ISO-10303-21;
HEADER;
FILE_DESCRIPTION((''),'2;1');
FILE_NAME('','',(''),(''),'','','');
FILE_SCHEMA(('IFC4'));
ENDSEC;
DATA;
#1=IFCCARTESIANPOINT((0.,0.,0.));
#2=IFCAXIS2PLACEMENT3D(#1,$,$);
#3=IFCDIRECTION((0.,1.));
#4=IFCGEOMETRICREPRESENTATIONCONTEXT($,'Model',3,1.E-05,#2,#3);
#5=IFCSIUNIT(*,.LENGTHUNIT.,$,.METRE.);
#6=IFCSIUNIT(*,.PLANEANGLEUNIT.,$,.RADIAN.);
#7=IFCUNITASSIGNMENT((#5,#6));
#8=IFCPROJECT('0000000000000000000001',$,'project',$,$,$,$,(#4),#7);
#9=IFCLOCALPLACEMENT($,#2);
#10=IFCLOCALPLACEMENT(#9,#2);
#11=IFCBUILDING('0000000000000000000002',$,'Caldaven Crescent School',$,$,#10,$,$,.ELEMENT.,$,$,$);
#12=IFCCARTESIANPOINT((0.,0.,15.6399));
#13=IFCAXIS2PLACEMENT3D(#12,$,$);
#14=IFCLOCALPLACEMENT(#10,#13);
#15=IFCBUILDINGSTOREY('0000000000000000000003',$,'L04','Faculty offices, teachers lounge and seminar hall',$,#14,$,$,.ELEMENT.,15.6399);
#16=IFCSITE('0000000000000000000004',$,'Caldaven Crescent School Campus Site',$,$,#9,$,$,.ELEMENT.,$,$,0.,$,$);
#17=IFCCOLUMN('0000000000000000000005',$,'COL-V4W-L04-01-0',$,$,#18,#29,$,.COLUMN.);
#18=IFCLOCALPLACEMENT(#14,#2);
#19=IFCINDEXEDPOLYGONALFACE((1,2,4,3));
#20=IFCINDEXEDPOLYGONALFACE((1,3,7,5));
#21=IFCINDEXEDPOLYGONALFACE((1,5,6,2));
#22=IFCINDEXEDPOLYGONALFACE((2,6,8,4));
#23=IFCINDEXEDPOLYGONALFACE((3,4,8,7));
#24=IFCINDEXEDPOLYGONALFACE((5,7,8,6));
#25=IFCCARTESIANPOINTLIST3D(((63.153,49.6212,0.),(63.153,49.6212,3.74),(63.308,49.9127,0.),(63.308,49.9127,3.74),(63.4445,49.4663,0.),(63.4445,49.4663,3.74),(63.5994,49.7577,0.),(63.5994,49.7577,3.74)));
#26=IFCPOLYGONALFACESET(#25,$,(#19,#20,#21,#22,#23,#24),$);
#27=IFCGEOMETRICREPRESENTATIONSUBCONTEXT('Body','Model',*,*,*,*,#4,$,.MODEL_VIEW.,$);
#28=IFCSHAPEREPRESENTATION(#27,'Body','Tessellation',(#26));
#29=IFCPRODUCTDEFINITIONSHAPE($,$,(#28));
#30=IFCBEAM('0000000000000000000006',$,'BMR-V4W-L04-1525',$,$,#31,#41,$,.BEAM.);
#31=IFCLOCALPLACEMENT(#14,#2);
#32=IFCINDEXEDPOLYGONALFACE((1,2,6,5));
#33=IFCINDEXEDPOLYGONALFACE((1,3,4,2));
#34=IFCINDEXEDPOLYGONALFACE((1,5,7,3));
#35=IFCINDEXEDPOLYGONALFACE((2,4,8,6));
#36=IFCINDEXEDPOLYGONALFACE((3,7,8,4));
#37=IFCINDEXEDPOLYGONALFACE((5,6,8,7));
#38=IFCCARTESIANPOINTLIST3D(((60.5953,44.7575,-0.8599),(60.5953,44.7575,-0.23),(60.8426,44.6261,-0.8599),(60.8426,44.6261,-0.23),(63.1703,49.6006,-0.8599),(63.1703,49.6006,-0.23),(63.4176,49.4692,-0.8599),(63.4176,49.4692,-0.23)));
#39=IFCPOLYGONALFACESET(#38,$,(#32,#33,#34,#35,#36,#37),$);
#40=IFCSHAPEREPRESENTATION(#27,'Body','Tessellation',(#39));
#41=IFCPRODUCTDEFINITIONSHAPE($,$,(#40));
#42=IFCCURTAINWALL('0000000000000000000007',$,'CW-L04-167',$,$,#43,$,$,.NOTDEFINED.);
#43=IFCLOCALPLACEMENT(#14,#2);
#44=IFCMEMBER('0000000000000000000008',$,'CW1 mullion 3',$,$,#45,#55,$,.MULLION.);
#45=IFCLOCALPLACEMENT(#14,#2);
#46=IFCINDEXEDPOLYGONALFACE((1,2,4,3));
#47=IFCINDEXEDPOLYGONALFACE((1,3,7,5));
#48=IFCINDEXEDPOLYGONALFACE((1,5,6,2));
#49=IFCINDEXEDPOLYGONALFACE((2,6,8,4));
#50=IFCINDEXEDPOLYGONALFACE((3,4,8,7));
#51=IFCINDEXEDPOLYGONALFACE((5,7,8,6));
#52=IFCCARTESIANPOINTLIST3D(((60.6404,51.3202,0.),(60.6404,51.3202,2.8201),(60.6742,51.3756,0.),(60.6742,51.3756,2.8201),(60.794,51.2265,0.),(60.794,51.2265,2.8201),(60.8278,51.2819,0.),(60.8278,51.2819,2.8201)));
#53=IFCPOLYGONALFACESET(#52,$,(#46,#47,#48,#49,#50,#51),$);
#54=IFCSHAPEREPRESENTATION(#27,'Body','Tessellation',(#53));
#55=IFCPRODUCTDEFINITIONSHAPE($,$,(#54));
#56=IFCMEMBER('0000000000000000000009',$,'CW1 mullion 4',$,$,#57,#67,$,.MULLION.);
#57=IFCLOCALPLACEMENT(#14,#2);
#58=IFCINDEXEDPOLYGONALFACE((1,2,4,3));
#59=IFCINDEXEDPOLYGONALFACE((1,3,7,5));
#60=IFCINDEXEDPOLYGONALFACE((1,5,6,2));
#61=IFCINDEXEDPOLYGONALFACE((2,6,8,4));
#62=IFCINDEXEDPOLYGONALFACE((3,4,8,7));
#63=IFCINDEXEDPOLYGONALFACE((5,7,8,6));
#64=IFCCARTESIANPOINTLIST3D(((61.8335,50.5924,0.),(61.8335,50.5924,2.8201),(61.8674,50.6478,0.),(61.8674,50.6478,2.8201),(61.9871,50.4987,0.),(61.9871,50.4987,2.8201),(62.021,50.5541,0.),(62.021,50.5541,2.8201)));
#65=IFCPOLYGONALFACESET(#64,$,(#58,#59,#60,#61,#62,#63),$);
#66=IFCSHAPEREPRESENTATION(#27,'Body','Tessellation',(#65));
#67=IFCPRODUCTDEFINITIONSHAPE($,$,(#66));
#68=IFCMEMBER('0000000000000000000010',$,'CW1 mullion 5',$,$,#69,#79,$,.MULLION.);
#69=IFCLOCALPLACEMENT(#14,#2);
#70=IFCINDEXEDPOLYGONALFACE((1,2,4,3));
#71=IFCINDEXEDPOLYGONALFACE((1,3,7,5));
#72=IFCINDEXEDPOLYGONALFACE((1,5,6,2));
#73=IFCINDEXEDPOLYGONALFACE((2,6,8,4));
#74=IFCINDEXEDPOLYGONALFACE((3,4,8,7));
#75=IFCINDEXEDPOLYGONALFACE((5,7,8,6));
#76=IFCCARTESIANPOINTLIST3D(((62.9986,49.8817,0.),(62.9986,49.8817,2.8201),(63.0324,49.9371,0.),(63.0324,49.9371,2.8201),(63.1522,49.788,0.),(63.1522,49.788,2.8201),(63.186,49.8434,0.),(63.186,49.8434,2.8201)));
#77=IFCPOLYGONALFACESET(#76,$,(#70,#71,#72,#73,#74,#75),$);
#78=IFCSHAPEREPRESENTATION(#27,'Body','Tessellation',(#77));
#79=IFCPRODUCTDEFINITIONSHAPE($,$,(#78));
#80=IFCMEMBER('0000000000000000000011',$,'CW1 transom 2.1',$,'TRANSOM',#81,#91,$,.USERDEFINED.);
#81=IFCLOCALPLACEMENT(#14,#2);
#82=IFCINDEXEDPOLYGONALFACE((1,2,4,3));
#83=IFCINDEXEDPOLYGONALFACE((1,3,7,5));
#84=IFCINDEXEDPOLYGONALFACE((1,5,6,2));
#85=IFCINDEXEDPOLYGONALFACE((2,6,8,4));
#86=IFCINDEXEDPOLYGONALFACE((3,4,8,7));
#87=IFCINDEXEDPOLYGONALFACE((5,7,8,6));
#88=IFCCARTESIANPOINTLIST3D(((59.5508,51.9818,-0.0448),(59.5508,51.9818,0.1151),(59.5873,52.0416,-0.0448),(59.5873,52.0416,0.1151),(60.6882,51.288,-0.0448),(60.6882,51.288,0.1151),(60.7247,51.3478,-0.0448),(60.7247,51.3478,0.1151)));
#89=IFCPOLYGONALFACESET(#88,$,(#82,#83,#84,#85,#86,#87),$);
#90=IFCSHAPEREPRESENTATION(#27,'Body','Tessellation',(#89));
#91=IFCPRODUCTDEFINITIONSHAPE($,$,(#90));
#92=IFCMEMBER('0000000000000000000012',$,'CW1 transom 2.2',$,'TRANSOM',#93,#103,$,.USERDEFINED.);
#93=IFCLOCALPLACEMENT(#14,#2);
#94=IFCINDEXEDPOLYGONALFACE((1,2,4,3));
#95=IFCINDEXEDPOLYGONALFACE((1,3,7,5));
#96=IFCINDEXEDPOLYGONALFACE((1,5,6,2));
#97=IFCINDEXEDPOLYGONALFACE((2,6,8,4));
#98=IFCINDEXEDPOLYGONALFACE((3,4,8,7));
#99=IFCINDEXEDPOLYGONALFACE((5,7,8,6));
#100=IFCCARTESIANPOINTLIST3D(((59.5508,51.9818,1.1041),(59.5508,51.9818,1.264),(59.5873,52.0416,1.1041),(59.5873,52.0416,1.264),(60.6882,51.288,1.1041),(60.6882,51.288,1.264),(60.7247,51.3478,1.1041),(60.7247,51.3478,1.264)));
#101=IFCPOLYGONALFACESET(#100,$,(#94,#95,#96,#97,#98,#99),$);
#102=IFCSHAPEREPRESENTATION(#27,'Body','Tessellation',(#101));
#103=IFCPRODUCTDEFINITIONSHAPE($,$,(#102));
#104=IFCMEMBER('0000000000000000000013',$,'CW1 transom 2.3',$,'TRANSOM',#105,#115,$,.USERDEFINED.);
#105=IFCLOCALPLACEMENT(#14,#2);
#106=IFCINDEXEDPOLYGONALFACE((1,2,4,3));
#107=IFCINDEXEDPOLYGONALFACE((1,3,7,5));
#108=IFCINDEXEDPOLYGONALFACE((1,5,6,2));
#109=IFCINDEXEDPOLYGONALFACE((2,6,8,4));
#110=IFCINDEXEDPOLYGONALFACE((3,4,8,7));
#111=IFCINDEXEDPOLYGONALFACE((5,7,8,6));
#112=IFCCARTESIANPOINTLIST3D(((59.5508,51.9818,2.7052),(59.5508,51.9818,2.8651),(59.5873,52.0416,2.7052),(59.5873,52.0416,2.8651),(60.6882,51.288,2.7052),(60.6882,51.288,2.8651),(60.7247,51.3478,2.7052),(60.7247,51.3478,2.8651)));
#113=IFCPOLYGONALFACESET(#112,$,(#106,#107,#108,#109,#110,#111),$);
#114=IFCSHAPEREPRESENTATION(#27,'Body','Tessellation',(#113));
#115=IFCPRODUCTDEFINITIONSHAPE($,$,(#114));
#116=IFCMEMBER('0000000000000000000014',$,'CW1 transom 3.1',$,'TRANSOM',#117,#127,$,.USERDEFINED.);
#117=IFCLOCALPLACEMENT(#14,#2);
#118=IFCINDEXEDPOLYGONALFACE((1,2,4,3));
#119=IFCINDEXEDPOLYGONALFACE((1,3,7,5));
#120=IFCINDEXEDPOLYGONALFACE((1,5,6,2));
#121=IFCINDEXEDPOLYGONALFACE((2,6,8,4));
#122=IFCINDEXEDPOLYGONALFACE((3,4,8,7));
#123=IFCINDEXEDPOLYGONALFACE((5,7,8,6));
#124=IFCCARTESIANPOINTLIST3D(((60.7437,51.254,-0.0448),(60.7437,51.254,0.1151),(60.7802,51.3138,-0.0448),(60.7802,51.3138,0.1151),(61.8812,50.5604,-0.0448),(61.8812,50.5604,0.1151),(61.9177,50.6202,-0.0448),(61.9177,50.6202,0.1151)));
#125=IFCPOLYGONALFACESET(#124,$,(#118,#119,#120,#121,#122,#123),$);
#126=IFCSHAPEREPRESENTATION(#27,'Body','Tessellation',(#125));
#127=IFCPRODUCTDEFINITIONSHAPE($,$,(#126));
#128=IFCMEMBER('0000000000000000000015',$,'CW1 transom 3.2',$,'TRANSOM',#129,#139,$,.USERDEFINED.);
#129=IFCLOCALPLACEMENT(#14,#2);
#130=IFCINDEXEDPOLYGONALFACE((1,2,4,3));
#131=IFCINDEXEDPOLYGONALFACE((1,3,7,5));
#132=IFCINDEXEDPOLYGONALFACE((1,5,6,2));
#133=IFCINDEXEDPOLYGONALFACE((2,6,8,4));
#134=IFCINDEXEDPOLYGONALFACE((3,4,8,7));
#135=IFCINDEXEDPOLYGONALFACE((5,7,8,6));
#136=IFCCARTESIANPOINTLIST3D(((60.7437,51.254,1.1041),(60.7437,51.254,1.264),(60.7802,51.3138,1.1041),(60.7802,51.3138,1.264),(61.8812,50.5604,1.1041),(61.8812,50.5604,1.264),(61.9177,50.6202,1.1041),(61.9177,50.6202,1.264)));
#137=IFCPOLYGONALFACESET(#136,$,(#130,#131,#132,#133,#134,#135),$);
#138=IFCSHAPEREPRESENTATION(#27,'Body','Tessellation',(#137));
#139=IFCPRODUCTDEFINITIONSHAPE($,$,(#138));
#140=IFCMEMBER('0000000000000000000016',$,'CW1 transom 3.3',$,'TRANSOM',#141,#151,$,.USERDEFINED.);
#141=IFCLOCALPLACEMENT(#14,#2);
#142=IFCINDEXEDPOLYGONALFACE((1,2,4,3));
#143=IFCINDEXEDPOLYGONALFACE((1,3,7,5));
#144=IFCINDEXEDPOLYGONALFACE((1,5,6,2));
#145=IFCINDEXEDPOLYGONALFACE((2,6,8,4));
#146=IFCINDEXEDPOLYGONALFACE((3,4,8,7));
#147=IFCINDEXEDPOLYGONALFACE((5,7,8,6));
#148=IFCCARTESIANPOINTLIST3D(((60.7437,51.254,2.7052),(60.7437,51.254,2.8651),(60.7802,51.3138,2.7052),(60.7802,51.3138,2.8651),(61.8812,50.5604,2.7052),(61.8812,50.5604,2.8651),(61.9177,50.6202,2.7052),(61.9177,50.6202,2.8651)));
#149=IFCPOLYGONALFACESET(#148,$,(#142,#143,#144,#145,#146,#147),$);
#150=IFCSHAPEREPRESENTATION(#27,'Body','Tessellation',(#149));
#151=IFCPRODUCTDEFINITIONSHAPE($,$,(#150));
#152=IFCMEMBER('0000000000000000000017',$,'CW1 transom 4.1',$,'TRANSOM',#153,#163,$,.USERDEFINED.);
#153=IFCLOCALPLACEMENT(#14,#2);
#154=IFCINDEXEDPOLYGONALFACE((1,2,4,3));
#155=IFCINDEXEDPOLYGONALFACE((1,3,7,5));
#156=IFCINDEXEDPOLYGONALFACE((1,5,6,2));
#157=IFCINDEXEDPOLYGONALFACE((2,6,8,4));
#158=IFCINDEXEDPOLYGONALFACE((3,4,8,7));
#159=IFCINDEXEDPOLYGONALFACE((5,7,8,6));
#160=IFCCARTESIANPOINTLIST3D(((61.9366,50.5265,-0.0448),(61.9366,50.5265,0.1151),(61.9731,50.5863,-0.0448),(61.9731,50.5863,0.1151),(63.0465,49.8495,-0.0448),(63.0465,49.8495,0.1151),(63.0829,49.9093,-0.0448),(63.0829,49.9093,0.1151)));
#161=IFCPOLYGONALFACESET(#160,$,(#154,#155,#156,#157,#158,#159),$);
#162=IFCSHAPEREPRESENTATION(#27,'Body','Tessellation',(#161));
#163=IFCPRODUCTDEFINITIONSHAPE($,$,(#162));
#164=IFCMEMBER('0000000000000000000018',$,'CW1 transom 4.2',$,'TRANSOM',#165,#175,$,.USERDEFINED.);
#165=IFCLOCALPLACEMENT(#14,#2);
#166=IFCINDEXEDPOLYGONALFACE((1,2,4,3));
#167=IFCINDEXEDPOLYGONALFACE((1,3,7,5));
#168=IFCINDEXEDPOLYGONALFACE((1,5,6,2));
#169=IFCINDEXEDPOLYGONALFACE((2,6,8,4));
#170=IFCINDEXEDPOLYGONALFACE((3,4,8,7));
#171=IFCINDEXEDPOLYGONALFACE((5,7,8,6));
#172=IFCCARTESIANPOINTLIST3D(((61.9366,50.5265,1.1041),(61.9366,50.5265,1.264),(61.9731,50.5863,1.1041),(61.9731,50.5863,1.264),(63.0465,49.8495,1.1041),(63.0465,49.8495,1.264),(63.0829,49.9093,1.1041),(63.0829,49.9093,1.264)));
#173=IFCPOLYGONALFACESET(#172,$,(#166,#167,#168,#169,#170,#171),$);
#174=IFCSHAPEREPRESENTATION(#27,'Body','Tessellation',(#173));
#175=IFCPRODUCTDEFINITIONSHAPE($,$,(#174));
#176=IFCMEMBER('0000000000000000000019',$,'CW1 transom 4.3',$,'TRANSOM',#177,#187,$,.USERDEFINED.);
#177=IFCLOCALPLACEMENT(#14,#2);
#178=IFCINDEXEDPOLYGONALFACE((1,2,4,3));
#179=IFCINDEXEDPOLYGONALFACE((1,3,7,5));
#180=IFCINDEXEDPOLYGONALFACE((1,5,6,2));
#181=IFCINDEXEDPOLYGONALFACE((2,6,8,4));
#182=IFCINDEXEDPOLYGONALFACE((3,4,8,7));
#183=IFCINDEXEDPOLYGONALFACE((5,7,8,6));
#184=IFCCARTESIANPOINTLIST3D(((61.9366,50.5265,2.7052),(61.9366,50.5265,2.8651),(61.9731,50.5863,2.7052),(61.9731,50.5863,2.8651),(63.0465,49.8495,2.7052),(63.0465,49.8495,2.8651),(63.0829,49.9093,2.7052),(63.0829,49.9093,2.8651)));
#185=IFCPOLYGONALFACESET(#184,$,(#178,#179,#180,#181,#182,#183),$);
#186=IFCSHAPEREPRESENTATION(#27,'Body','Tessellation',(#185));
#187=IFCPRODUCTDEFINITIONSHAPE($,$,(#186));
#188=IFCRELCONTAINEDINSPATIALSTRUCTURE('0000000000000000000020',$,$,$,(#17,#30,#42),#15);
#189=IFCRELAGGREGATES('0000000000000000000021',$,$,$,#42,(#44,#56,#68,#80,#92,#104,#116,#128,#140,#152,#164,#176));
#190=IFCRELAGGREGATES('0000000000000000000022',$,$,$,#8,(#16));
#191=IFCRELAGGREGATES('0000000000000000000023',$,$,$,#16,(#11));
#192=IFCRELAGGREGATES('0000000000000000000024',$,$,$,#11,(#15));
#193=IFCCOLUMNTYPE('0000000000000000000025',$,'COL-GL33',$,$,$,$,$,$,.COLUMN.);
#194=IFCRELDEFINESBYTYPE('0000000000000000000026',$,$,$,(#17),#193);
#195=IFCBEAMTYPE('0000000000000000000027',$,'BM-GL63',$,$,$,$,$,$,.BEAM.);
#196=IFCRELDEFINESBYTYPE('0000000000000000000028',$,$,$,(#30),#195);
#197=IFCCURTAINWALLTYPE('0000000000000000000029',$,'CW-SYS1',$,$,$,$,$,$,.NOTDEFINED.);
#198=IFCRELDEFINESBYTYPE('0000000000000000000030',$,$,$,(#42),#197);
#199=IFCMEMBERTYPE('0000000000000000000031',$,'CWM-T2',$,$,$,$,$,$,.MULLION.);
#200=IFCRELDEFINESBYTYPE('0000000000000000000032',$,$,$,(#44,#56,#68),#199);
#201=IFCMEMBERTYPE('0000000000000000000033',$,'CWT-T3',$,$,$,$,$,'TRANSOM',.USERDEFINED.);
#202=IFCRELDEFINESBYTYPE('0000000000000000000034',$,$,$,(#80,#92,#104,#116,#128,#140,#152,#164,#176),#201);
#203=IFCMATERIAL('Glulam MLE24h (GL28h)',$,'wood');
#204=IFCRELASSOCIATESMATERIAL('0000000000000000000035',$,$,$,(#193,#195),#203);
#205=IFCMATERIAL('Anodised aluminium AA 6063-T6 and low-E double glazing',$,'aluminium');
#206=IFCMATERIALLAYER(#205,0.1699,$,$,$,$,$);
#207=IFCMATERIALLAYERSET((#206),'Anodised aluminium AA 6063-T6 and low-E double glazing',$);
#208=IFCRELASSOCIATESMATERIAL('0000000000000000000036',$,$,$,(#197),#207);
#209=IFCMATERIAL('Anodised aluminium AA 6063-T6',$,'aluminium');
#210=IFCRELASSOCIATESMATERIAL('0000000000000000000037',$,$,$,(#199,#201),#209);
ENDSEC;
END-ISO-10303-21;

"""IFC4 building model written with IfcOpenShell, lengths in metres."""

from ifc_helpers import new_model, si_unit, direction, frame, origin, origin_2d, place, context, subcontext, project, spatial, rectangle, extrude, material, layer, layer_set, material_profile, profile_set, type_object, element, aggregate, save


model = new_model("IFC4")

# Units and contexts
model_context = context("Model", 3, precision=1e-05, world=origin(), true_north=direction((0.0, 1.0)))
body_context = subcontext(model_context, "Body", "Model", "MODEL_VIEW")
ifc_project = project(units=[si_unit("LENGTHUNIT", "METRE"), si_unit("PLANEANGLEUNIT", "RADIAN")], contexts=[model_context])

# Site, building, storey
site_placement = place(None, origin())
site = spatial("IfcSite", under=ifc_project, at=site_placement, Name="Caldaven Crescent School Campus Site", CompositionType="ELEMENT", RefElevation=0.0)
building_placement = place(site_placement, origin())
building = spatial("IfcBuilding", under=site, at=building_placement, Name="Caldaven Crescent School", CompositionType="ELEMENT")
storey_placement = place(building_placement, frame((0.0, 0.0, 15.6399)))
storey = spatial("IfcBuildingStorey", under=building, at=storey_placement, Name="L04", Description="Faculty offices, teachers lounge and seminar hall", CompositionType="ELEMENT", Elevation=15.6399)

# Column
ifc_material_1 = material(Name="Glulam MLE24h (GL28h)", Category="wood")
ifc_material_profile_1 = material_profile(ifc_material_1, rectangle(XDim=0.3301, YDim=0.3301, at=origin_2d()), Name="MLE 330x330")
ifc_profile_set_1 = profile_set([ifc_material_profile_1], Name="Glulam MLE24h (GL28h)")
column_type = type_object("IfcColumnType", Name="COL-GL33", PredefinedType="COLUMN", material=ifc_profile_set_1)
column_placement = place(storey_placement, frame((63.3762, 49.6895, 0.0), z_axis=(0.0, 0.0, 1.0), x_axis=(-0.469472, -0.882948, 0.0)))
element("IfcColumn", 1, at=column_placement, inside=storey, type_object=column_type, Name="COL-V4W-L04-01-0", PredefinedType="COLUMN", context=body_context, shape_type="SweptSolid", body=[
    extrude(rectangle(XDim=0.3301, YDim=0.3301, at=origin_2d()), origin(), (0.0, 0.0, 1.0), 3.74),
])

# Beam
ifc_material_profile_2 = material_profile(ifc_material_1, rectangle(XDim=0.28, YDim=0.6299, at=origin_2d()), Name="MLE 280x630")
ifc_profile_set_2 = profile_set([ifc_material_profile_2], Name="Glulam MLE24h (GL28h)")
beam_type_1 = type_object("IfcBeamType", Name="BM-GL63", PredefinedType="BEAM", material=ifc_profile_set_2)
beam_1_placement = place(storey_placement, frame((63.2939, 49.5349, -0.5449), z_axis=(-0.469454, -0.882957, 0.0), x_axis=(0.882957, -0.469454, 0.0)))
element("IfcBeam", 2, at=beam_1_placement, inside=storey, type_object=beam_type_1, Name="BMR-V4W-L04-1525", PredefinedType="BEAM", context=body_context, shape_type="SweptSolid", body=[
    extrude(rectangle(XDim=0.28, YDim=0.6299, at=origin_2d()), origin(), (0.0, 0.0, 1.0), 5.4851),
])

# Curtain wall, members
ifc_material_2 = material(Name="Anodised aluminium AA 6063-T6 and low-E double glazing", Category="aluminium")
ifc_layer_1 = layer(ifc_material_2, 0.1699)
ifc_layer_set_1 = layer_set([ifc_layer_1], Name="Anodised aluminium AA 6063-T6 and low-E double glazing")
curtain_wall_type = type_object("IfcCurtainWallType", Name="CW-SYS1", PredefinedType="NOTDEFINED", material=ifc_layer_set_1)
curtain_wall_placement = place(storey_placement, origin())
curtain_wall = element("IfcCurtainWall", 3, at=curtain_wall_placement, inside=storey, type_object=curtain_wall_type, Name="CW-L04-167", PredefinedType="NOTDEFINED")
ifc_material_3 = material(Name="Anodised aluminium AA 6063-T6", Category="aluminium")
ifc_material_profile_3 = material_profile(ifc_material_3, rectangle(XDim=0.0649, YDim=0.1799, at=origin_2d()), Name="CWM 65x180")
ifc_profile_set_3 = profile_set([ifc_material_profile_3], Name="Anodised aluminium AA 6063-T6")
member_type_1 = type_object("IfcMemberType", Name="CWM-T2", PredefinedType="MULLION", material=ifc_profile_set_3)
member_1_placement = place(storey_placement, frame((60.7341, 51.301, 0.0), z_axis=(0.0, 0.0, 1.0), x_axis=(0.520751, 0.853709, 0.0)))
member_1 = element("IfcMember", 4, at=member_1_placement, type_object=member_type_1, Name="CW1 mullion 3", PredefinedType="MULLION", context=body_context, shape_type="SweptSolid", body=[
    extrude(rectangle(XDim=0.0649, YDim=0.1799, at=origin_2d()), origin(), (0.0, 0.0, 1.0), 2.8201),
])
member_2_placement = place(storey_placement, frame((61.9272, 50.5732, 0.0), z_axis=(0.0, 0.0, 1.0), x_axis=(0.520751, 0.853709, 0.0)))
member_2 = element("IfcMember", 5, at=member_2_placement, type_object=member_type_1, Name="CW1 mullion 4", PredefinedType="MULLION", context=body_context, shape_type="SweptSolid", body=[
    extrude(rectangle(XDim=0.0649, YDim=0.1799, at=origin_2d()), origin(), (0.0, 0.0, 1.0), 2.8201),
])
member_3_placement = place(storey_placement, frame((63.0923, 49.8625, 0.0), z_axis=(0.0, 0.0, 1.0), x_axis=(0.520751, 0.853709, 0.0)))
member_3 = element("IfcMember", 6, at=member_3_placement, type_object=member_type_1, Name="CW1 mullion 5", PredefinedType="MULLION", context=body_context, shape_type="SweptSolid", body=[
    extrude(rectangle(XDim=0.0649, YDim=0.1799, at=origin_2d()), origin(), (0.0, 0.0, 1.0), 2.8201),
])
ifc_material_profile_4 = material_profile(ifc_material_3, rectangle(XDim=0.0701, YDim=0.1599, at=origin_2d()), Name="CWT 70x160")
ifc_profile_set_4 = profile_set([ifc_material_profile_4], Name="Anodised aluminium AA 6063-T6")
member_type_2 = type_object("IfcMemberType", Name="CWT-T3", ElementType="TRANSOM", PredefinedType="USERDEFINED", material=ifc_profile_set_4)
member_4_placement = place(storey_placement, frame((59.5691, 52.0117, 0.0352), z_axis=(0.853703, -0.520761, 0.0), x_axis=(0.520761, 0.853703, 0.0)))
member_4 = element("IfcMember", 7, at=member_4_placement, type_object=member_type_2, Name="CW1 transom 2.1", ObjectType="TRANSOM", PredefinedType="USERDEFINED", context=body_context, shape_type="SweptSolid", body=[
    extrude(rectangle(XDim=0.0701, YDim=0.1599, at=origin_2d()), origin(), (0.0, 0.0, 1.0), 1.3323),
])
member_5_placement = place(storey_placement, frame((59.5691, 52.0117, 1.1841), z_axis=(0.853703, -0.520761, 0.0), x_axis=(0.520761, 0.853703, 0.0)))
member_5 = element("IfcMember", 8, at=member_5_placement, type_object=member_type_2, Name="CW1 transom 2.2", ObjectType="TRANSOM", PredefinedType="USERDEFINED", context=body_context, shape_type="SweptSolid", body=[
    extrude(rectangle(XDim=0.0701, YDim=0.1599, at=origin_2d()), origin(), (0.0, 0.0, 1.0), 1.3323),
])
member_6_placement = place(storey_placement, frame((59.5691, 52.0117, 2.7852), z_axis=(0.853703, -0.520761, 0.0), x_axis=(0.520761, 0.853703, 0.0)))
member_6 = element("IfcMember", 9, at=member_6_placement, type_object=member_type_2, Name="CW1 transom 2.3", ObjectType="TRANSOM", PredefinedType="USERDEFINED", context=body_context, shape_type="SweptSolid", body=[
    extrude(rectangle(XDim=0.0701, YDim=0.1599, at=origin_2d()), origin(), (0.0, 0.0, 1.0), 1.3323),
])
member_7_placement = place(storey_placement, frame((60.762, 51.2839, 0.0352), z_axis=(0.853784, -0.520627, 0.0), x_axis=(0.520627, 0.853784, 0.0)))
member_7 = element("IfcMember", 10, at=member_7_placement, type_object=member_type_2, Name="CW1 transom 3.1", ObjectType="TRANSOM", PredefinedType="USERDEFINED", context=body_context, shape_type="SweptSolid", body=[
    extrude(rectangle(XDim=0.0701, YDim=0.1599, at=origin_2d()), origin(), (0.0, 0.0, 1.0), 1.3323),
])
member_8_placement = place(storey_placement, frame((60.762, 51.2839, 1.1841), z_axis=(0.853784, -0.520627, 0.0), x_axis=(0.520627, 0.853784, 0.0)))
member_8 = element("IfcMember", 11, at=member_8_placement, type_object=member_type_2, Name="CW1 transom 3.2", ObjectType="TRANSOM", PredefinedType="USERDEFINED", context=body_context, shape_type="SweptSolid", body=[
    extrude(rectangle(XDim=0.0701, YDim=0.1599, at=origin_2d()), origin(), (0.0, 0.0, 1.0), 1.3323),
])
member_9_placement = place(storey_placement, frame((60.762, 51.2839, 2.7852), z_axis=(0.853784, -0.520627, 0.0), x_axis=(0.520627, 0.853784, 0.0)))
member_9 = element("IfcMember", 12, at=member_9_placement, type_object=member_type_2, Name="CW1 transom 3.3", ObjectType="TRANSOM", PredefinedType="USERDEFINED", context=body_context, shape_type="SweptSolid", body=[
    extrude(rectangle(XDim=0.0701, YDim=0.1599, at=origin_2d()), origin(), (0.0, 0.0, 1.0), 1.3323),
])
member_10_placement = place(storey_placement, frame((61.9548, 50.5564, 0.0352), z_axis=(0.853709, -0.520751, 0.0), x_axis=(0.520751, 0.853709, 0.0)))
member_10 = element("IfcMember", 13, at=member_10_placement, type_object=member_type_2, Name="CW1 transom 4.1", ObjectType="TRANSOM", PredefinedType="USERDEFINED", context=body_context, shape_type="SweptSolid", body=[
    extrude(rectangle(XDim=0.0701, YDim=0.1599, at=origin_2d()), origin(), (0.0, 0.0, 1.0), 1.3),
])
member_11_placement = place(storey_placement, frame((61.9548, 50.5564, 1.1841), z_axis=(0.853709, -0.520751, 0.0), x_axis=(0.520751, 0.853709, 0.0)))
member_11 = element("IfcMember", 14, at=member_11_placement, type_object=member_type_2, Name="CW1 transom 4.2", ObjectType="TRANSOM", PredefinedType="USERDEFINED", context=body_context, shape_type="SweptSolid", body=[
    extrude(rectangle(XDim=0.0701, YDim=0.1599, at=origin_2d()), origin(), (0.0, 0.0, 1.0), 1.3),
])
member_12_placement = place(storey_placement, frame((61.9548, 50.5564, 2.7852), z_axis=(0.853709, -0.520751, 0.0), x_axis=(0.520751, 0.853709, 0.0)))
member_12 = element("IfcMember", 15, at=member_12_placement, type_object=member_type_2, Name="CW1 transom 4.3", ObjectType="TRANSOM", PredefinedType="USERDEFINED", context=body_context, shape_type="SweptSolid", body=[
    extrude(rectangle(XDim=0.0701, YDim=0.1599, at=origin_2d()), origin(), (0.0, 0.0, 1.0), 1.3),
])

aggregate(curtain_wall, [member_1, member_2, member_3, member_4, member_5, member_6, member_7, member_8, member_9, member_10, member_11, member_12])

save(model, "model.ifc")
